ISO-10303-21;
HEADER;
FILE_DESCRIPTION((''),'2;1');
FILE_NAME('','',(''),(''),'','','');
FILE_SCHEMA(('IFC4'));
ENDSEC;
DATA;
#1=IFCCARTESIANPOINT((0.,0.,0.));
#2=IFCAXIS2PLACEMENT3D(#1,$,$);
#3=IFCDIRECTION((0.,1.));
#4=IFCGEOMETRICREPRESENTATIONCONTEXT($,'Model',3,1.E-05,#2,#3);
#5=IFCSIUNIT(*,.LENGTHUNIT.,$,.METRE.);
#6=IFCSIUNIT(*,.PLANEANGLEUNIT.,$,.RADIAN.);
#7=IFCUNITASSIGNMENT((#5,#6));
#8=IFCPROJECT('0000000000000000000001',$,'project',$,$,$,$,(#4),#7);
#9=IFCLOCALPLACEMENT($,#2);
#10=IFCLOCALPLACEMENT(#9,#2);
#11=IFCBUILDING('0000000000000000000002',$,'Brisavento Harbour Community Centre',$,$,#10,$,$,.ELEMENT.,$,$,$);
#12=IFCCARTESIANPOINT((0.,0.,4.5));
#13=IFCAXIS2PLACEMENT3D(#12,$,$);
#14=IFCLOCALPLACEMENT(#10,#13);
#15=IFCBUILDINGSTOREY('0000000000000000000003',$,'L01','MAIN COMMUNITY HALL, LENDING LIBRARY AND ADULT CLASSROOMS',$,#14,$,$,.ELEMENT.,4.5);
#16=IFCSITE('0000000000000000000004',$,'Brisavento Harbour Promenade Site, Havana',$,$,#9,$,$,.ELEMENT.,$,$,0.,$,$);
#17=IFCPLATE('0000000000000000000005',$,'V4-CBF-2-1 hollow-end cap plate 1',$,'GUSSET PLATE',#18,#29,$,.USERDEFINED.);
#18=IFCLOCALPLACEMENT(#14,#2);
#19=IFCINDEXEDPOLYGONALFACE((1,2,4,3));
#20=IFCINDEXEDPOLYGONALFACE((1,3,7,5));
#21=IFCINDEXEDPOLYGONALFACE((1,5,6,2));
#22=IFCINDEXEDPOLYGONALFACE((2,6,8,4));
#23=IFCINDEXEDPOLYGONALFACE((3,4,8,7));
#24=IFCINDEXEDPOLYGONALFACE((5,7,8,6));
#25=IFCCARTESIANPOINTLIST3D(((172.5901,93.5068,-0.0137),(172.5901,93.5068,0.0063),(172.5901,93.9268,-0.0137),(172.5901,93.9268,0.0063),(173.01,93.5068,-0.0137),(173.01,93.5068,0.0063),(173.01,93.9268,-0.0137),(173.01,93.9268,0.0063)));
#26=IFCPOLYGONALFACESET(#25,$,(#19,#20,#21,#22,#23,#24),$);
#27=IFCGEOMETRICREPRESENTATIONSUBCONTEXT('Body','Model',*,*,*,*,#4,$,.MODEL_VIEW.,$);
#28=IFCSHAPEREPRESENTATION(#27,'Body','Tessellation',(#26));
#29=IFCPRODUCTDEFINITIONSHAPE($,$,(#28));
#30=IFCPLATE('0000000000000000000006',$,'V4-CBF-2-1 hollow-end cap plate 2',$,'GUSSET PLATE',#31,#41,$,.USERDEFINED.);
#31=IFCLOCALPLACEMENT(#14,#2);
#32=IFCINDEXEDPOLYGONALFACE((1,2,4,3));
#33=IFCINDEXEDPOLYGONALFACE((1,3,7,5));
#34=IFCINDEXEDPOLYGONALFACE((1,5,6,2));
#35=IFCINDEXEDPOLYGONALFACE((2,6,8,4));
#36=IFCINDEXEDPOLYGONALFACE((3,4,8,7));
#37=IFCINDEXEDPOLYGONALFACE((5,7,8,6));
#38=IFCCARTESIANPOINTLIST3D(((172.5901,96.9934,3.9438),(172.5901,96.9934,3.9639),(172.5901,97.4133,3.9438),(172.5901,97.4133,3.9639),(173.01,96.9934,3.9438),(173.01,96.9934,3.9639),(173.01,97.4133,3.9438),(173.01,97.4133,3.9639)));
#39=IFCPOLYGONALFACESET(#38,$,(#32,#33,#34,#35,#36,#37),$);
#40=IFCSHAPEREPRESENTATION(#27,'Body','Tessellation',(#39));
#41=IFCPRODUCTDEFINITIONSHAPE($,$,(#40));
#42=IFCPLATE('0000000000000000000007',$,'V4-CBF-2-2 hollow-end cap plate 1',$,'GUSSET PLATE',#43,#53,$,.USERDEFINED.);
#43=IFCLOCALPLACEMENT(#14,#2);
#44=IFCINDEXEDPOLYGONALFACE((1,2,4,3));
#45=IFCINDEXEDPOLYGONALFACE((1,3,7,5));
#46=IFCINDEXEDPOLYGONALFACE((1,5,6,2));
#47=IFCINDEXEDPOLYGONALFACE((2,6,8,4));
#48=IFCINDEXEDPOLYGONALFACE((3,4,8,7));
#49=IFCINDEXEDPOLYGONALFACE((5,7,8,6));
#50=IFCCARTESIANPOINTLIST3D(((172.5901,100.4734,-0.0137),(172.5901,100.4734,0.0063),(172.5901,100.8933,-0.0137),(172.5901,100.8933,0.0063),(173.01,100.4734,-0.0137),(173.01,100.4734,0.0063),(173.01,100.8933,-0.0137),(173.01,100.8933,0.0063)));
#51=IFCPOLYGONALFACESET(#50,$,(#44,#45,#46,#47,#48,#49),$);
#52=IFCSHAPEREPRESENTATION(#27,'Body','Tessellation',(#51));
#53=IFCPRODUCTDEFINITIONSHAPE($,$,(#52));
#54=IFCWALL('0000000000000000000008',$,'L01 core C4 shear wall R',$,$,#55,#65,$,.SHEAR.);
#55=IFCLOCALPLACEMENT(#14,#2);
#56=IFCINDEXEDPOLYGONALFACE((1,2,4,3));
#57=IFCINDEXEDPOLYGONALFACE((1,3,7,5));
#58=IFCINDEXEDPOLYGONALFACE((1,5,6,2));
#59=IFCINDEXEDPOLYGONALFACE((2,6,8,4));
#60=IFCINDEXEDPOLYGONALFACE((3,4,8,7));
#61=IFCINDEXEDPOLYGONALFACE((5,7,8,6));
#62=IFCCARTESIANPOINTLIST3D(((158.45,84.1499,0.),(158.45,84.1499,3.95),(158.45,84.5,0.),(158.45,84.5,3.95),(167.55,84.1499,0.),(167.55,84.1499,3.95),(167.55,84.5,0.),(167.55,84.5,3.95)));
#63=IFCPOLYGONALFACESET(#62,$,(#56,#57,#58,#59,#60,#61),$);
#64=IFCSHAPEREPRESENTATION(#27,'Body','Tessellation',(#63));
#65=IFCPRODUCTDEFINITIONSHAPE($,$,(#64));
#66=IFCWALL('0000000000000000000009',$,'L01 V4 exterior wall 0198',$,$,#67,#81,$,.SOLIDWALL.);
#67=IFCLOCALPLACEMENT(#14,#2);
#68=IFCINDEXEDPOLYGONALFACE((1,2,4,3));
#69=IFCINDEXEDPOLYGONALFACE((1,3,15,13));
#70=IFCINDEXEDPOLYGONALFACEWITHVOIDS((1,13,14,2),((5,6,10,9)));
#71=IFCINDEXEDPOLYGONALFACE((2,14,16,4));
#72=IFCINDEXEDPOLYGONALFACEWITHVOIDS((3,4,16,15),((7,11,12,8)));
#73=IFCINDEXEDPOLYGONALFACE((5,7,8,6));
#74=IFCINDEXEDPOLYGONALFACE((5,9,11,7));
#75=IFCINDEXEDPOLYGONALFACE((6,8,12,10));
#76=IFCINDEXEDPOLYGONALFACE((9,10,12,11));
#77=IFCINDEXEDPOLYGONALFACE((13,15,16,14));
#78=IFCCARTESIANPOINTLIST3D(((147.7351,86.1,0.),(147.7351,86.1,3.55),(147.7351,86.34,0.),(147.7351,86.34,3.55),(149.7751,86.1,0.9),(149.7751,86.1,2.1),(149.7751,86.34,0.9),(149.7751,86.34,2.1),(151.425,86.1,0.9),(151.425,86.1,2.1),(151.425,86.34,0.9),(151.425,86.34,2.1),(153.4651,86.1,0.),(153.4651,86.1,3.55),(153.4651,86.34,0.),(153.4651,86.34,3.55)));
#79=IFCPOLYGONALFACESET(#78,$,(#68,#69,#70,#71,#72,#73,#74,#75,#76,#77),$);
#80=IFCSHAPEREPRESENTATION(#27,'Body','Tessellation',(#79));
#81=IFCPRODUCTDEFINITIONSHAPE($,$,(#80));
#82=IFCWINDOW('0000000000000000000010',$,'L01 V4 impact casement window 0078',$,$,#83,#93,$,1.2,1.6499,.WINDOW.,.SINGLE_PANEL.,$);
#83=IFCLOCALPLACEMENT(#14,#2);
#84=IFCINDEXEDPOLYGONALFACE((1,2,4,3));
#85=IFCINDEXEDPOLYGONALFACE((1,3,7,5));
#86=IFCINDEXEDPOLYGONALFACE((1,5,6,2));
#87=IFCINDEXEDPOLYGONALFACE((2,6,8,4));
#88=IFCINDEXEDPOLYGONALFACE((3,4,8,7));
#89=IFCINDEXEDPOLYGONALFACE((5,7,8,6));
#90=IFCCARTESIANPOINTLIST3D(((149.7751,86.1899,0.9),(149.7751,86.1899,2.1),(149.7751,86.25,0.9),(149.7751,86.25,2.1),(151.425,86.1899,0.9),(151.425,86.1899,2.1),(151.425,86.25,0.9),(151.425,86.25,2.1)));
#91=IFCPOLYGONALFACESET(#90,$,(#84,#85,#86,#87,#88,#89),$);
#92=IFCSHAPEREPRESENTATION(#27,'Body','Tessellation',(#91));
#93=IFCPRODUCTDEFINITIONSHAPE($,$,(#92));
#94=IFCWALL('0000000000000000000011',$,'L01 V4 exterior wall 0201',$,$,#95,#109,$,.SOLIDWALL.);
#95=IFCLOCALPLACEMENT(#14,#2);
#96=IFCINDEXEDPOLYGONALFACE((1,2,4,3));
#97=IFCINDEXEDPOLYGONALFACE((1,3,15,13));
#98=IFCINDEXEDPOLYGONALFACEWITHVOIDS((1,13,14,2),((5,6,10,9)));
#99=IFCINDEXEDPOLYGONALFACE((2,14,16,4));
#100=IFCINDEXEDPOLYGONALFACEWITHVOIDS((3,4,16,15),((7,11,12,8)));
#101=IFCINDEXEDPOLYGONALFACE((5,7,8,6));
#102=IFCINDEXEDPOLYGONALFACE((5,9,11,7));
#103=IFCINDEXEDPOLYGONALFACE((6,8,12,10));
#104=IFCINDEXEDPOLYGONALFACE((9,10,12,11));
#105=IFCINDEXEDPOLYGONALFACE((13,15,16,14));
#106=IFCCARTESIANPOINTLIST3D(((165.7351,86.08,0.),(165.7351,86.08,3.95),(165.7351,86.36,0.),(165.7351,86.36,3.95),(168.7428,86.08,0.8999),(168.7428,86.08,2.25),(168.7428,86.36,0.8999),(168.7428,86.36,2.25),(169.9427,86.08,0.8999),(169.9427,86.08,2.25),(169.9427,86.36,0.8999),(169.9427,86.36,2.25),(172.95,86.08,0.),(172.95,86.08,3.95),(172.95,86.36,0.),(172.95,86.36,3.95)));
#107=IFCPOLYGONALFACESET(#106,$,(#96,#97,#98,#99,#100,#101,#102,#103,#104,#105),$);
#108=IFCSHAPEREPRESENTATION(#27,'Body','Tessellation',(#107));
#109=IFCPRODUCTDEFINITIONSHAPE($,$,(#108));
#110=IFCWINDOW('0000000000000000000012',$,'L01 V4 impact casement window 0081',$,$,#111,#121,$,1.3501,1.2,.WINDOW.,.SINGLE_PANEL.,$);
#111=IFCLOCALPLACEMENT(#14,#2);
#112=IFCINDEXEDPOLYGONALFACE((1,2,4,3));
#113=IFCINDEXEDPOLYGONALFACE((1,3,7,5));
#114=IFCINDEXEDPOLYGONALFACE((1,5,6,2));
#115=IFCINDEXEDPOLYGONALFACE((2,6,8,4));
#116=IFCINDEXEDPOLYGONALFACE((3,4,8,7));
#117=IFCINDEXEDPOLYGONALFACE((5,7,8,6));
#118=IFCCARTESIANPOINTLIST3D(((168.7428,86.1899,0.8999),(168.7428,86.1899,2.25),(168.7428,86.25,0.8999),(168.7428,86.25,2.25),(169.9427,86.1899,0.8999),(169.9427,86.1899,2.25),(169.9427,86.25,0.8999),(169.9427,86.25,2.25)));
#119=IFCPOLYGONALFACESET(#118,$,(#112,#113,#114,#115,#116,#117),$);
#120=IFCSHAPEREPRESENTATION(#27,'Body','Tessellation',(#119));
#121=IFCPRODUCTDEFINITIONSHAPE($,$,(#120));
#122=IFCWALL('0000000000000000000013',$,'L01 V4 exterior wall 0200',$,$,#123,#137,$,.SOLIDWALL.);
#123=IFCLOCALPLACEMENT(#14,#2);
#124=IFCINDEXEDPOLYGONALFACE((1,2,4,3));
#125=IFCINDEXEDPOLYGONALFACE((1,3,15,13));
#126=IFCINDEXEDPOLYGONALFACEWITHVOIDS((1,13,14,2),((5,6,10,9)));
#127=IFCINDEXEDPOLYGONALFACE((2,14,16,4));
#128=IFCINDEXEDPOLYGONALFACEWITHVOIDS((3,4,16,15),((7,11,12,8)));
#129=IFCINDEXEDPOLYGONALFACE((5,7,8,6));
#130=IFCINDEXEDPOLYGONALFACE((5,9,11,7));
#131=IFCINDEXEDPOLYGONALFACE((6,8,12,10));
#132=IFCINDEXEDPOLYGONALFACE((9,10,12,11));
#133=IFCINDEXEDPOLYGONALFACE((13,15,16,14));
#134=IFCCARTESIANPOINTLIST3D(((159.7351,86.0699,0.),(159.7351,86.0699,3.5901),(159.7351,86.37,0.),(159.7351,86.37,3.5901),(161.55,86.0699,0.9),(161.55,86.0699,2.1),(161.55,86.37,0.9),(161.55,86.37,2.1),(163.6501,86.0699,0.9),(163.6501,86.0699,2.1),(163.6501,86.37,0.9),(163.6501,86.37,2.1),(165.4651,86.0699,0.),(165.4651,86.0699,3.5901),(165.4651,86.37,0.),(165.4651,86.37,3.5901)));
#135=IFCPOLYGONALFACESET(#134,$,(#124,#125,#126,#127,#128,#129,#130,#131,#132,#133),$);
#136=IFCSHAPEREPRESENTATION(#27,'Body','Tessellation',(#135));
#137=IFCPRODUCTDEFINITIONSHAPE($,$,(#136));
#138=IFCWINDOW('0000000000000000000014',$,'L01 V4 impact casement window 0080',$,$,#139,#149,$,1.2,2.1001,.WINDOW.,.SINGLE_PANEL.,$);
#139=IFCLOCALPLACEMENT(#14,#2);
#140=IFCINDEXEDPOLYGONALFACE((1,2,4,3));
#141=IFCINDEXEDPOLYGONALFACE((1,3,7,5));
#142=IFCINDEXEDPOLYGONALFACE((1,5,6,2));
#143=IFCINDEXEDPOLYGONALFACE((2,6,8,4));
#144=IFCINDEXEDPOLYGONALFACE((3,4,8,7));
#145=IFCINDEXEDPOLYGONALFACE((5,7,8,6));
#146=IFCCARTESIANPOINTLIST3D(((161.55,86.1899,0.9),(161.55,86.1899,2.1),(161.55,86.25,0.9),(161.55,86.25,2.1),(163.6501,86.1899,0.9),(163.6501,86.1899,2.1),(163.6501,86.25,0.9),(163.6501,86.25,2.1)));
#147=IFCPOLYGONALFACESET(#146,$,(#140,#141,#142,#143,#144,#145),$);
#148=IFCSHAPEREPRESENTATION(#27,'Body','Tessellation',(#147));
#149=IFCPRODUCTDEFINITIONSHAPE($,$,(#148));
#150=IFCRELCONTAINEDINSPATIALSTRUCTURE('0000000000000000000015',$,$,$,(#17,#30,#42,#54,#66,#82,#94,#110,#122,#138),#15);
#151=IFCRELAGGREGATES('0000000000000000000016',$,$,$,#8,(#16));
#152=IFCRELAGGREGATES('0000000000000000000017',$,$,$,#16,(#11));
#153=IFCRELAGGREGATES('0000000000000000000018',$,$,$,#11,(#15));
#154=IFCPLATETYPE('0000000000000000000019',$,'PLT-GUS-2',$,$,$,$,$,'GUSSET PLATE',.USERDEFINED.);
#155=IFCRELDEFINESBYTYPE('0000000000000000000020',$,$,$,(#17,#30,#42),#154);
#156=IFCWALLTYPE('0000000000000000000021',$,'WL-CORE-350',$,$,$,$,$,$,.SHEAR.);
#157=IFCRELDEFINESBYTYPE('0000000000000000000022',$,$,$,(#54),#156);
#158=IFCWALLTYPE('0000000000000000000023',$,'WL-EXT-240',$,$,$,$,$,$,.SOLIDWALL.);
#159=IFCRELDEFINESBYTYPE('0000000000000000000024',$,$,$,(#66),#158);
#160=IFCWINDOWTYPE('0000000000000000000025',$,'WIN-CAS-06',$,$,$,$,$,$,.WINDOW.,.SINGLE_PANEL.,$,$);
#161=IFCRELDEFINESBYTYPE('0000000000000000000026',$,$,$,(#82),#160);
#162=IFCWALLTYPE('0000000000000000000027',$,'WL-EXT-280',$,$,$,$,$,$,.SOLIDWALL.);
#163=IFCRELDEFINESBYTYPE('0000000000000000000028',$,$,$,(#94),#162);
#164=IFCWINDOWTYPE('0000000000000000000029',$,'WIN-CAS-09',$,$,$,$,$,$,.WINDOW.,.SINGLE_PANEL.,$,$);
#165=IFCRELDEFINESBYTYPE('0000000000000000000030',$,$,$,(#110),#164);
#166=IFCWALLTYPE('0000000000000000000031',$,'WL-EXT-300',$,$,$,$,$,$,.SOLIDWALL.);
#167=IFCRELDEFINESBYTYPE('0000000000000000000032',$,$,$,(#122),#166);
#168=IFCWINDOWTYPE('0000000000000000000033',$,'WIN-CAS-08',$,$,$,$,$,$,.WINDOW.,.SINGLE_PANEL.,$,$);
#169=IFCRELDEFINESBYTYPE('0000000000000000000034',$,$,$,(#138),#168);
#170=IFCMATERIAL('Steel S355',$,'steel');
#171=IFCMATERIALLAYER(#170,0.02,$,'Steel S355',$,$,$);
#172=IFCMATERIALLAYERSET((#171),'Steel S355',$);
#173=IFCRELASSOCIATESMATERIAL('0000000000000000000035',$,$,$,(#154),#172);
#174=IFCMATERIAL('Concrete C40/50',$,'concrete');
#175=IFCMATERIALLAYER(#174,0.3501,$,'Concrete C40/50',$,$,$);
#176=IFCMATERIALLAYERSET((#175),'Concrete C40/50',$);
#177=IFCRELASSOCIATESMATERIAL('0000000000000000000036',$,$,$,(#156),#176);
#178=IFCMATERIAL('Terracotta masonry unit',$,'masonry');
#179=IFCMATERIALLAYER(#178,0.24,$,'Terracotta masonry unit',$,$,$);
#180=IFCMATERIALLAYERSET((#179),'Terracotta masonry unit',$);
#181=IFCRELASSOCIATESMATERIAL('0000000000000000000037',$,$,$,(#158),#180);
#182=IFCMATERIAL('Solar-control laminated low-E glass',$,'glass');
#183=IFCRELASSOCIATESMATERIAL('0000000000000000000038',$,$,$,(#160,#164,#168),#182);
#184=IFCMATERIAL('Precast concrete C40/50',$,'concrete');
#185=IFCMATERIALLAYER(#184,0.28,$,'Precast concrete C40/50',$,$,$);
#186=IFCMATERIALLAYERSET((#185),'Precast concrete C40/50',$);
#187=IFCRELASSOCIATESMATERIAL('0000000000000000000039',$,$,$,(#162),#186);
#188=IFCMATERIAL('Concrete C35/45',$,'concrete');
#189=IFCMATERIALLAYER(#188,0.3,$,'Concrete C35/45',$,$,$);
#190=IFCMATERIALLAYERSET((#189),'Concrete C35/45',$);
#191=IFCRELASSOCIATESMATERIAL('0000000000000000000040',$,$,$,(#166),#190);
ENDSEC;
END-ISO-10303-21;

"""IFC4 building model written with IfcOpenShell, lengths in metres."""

from ifc_helpers import new_model, si_unit, direction, frame, frame_2d, origin, origin_2d, place, context, subcontext, project, spatial, rectangle, extrude, material, layer, layer_set, type_object, element, fill, save


model = new_model("IFC4")

# Units and contexts
model_context = context("Model", 3, precision=1e-05, world=origin(), true_north=direction((0.0, 1.0)))
body_context = subcontext(model_context, "Body", "Model", "MODEL_VIEW")
ifc_project = project(units=[si_unit("LENGTHUNIT", "METRE"), si_unit("PLANEANGLEUNIT", "RADIAN")], contexts=[model_context])

# Site, building, storey
site_placement = place(None, origin())
site = spatial("IfcSite", under=ifc_project, at=site_placement, Name="Brisavento Harbour Promenade Site, Havana", CompositionType="ELEMENT", RefElevation=0.0)
building_placement = place(site_placement, origin())
building = spatial("IfcBuilding", under=site, at=building_placement, Name="Brisavento Harbour Community Centre", CompositionType="ELEMENT")
storey_placement = place(building_placement, frame((0.0, 0.0, 4.5)))
storey = spatial("IfcBuildingStorey", under=building, at=storey_placement, Name="L01", Description="MAIN COMMUNITY HALL, LENDING LIBRARY AND ADULT CLASSROOMS", CompositionType="ELEMENT", Elevation=4.5)

# Shared definitions
ifc_material_1 = material(Name="Steel S355", Category="steel")

# Plates
ifc_layer_1 = layer(ifc_material_1, 0.02, Name="Steel S355")
ifc_layer_set_1 = layer_set([ifc_layer_1], Name="Steel S355")
plate_type = type_object("IfcPlateType", Name="PLT-GUS-2", ElementType="GUSSET PLATE", PredefinedType="USERDEFINED", material=ifc_layer_set_1)
for number, where, z_axis, x_axis, name in (
    (1, (172.8, 93.7168, -0.0137), (0.0, 0.0, 1.0), (0.0, 1.0, 0.0), "V4-CBF-2-1 hollow-end cap plate 1"),
    (2, (172.8, 97.2034, 3.9438), (0.0, 0.0, 1.0), (0.0, 1.0, 0.0), "V4-CBF-2-1 hollow-end cap plate 2"),
    (3, (172.8, 100.6833, -0.0137), (0.0, 0.0, 1.0), (0.0, -1.0, 0.0), "V4-CBF-2-2 hollow-end cap plate 1"),
):
    element("IfcPlate", number, at=place(storey_placement, frame(where, z_axis=z_axis, x_axis=x_axis)), inside=storey, type_object=plate_type, Name=name, ObjectType="GUSSET PLATE", PredefinedType="USERDEFINED", context=body_context, shape_type="SweptSolid", body=[
        extrude(rectangle(XDim=0.4199, YDim=0.4199, at=origin_2d()), origin(), (0.0, 0.0, 1.0), 0.02),
    ])

# Wall
ifc_material_2 = material(Name="Concrete C40/50", Category="concrete")
ifc_layer_2 = layer(ifc_material_2, 0.3501, Name="Concrete C40/50")
ifc_layer_set_2 = layer_set([ifc_layer_2], Name="Concrete C40/50")
wall_type_1 = type_object("IfcWallType", Name="WL-CORE-350", PredefinedType="SHEAR", material=ifc_layer_set_2)
wall_1_placement = place(storey_placement, frame((167.55, 84.325, 0.0), z_axis=(0.0, 0.0, 1.0), x_axis=(-1.0, 0.0, 0.0)))
element("IfcWall", 4, at=wall_1_placement, inside=storey, type_object=wall_type_1, Name="L01 core C4 shear wall R", PredefinedType="SHEAR", context=body_context, shape_type="SweptSolid", body=[
    extrude(rectangle(XDim=9.1001, YDim=0.3501, at=frame_2d((4.55, 0.0))), origin(), (0.0, 0.0, 1.0), 3.95),
])

# Walls, openings, windows
ifc_material_3 = material(Name="Terracotta masonry unit", Category="masonry")
ifc_layer_3 = layer(ifc_material_3, 0.24, Name="Terracotta masonry unit")
ifc_layer_set_3 = layer_set([ifc_layer_3], Name="Terracotta masonry unit")
wall_type_2 = type_object("IfcWallType", Name="WL-EXT-240", PredefinedType="SOLIDWALL", material=ifc_layer_set_3)
wall_2_placement = place(storey_placement, frame((147.7351, 86.22, 0.0), z_axis=(0.0, 0.0, 1.0), x_axis=(1.0, 0.0, 0.0)))
wall_2 = element("IfcWall", 5, at=wall_2_placement, inside=storey, type_object=wall_type_2, Name="L01 V4 exterior wall 0198", PredefinedType="SOLIDWALL", context=body_context, shape_type="SweptSolid", body=[
    extrude(rectangle(XDim=5.73, YDim=0.24, at=frame_2d((2.865, 0.0))), origin(), (0.0, 0.0, 1.0), 3.55),
])
opening_1_placement = place(wall_2_placement, frame((2.04, 0.0, 0.8999)))
opening_1 = element("IfcOpeningElement", 6, at=opening_1_placement, cuts=wall_2, PredefinedType="OPENING", context=body_context, shape_type="SweptSolid", body=[
    extrude(rectangle(XDim=1.6499, YDim=1.2, at=frame_2d((0.825, 0.6001))), frame((0.0, 0.1299, 0.0), z_axis=(0.0, -1.0, 0.0), x_axis=(1.0, 0.0, 0.0)), (0.0, 0.0, 1.0), 0.26),
])
ifc_material_4 = material(Name="Solar-control laminated low-E glass", Category="glass")
window_type_1 = type_object("IfcWindowType", Name="WIN-CAS-06", PartitioningType="SINGLE_PANEL", PredefinedType="WINDOW", material=ifc_material_4)
window_1_placement = place(opening_1_placement, origin())
window_1 = element("IfcWindow", 7, at=window_1_placement, inside=storey, type_object=window_type_1, Name="L01 V4 impact casement window 0078", OverallHeight=1.2, OverallWidth=1.6499, PartitioningType="SINGLE_PANEL", PredefinedType="WINDOW", context=body_context, shape_type="SweptSolid", body=[
    extrude(rectangle(XDim=1.6499, YDim=1.2, at=frame_2d((0.825, 0.6001))), frame((0.0, 0.03, 0.0), z_axis=(0.0, -1.0, 0.0), x_axis=(1.0, 0.0, 0.0)), (0.0, 0.0, 1.0), 0.0601),
])
fill(opening_1, window_1)
ifc_material_5 = material(Name="Precast concrete C40/50", Category="concrete")
ifc_layer_4 = layer(ifc_material_5, 0.28, Name="Precast concrete C40/50")
ifc_layer_set_4 = layer_set([ifc_layer_4], Name="Precast concrete C40/50")
wall_type_3 = type_object("IfcWallType", Name="WL-EXT-280", PredefinedType="SOLIDWALL", material=ifc_layer_set_4)
wall_3_placement = place(storey_placement, frame((165.7351, 86.22, 0.0), z_axis=(0.0, 0.0, 1.0), x_axis=(1.0, 0.0, 0.0)))
wall_3 = element("IfcWall", 8, at=wall_3_placement, inside=storey, type_object=wall_type_3, Name="L01 V4 exterior wall 0201", PredefinedType="SOLIDWALL", context=body_context, shape_type="SweptSolid", body=[
    extrude(rectangle(XDim=7.2148, YDim=0.28, at=frame_2d((3.6074, 0.0))), origin(), (0.0, 0.0, 1.0), 3.95),
])
opening_2_placement = place(wall_3_placement, frame((3.0076, 0.0, 0.8999)))
opening_2 = element("IfcOpeningElement", 9, at=opening_2_placement, cuts=wall_3, PredefinedType="OPENING", context=body_context, shape_type="SweptSolid", body=[
    extrude(rectangle(XDim=1.2, YDim=1.3501, at=frame_2d((0.6001, 0.675))), frame((0.0, 0.1499, 0.0), z_axis=(0.0, -1.0, 0.0), x_axis=(1.0, 0.0, 0.0)), (0.0, 0.0, 1.0), 0.3),
])
window_type_2 = type_object("IfcWindowType", Name="WIN-CAS-09", PartitioningType="SINGLE_PANEL", PredefinedType="WINDOW", material=ifc_material_4)
window_2_placement = place(opening_2_placement, origin())
window_2 = element("IfcWindow", 10, at=window_2_placement, inside=storey, type_object=window_type_2, Name="L01 V4 impact casement window 0081", OverallHeight=1.3501, OverallWidth=1.2, PartitioningType="SINGLE_PANEL", PredefinedType="WINDOW", context=body_context, shape_type="SweptSolid", body=[
    extrude(rectangle(XDim=1.2, YDim=1.3501, at=frame_2d((0.6001, 0.675))), frame((0.0, 0.03, 0.0), z_axis=(0.0, -1.0, 0.0), x_axis=(1.0, 0.0, 0.0)), (0.0, 0.0, 1.0), 0.0601),
])
fill(opening_2, window_2)
ifc_material_6 = material(Name="Concrete C35/45", Category="concrete")
ifc_layer_5 = layer(ifc_material_6, 0.3, Name="Concrete C35/45")
ifc_layer_set_5 = layer_set([ifc_layer_5], Name="Concrete C35/45")
wall_type_4 = type_object("IfcWallType", Name="WL-EXT-300", PredefinedType="SOLIDWALL", material=ifc_layer_set_5)
wall_4_placement = place(storey_placement, frame((159.7351, 86.22, 0.0), z_axis=(0.0, 0.0, 1.0), x_axis=(1.0, 0.0, 0.0)))
wall_4 = element("IfcWall", 11, at=wall_4_placement, inside=storey, type_object=wall_type_4, Name="L01 V4 exterior wall 0200", PredefinedType="SOLIDWALL", context=body_context, shape_type="SweptSolid", body=[
    extrude(rectangle(XDim=5.73, YDim=0.3, at=frame_2d((2.865, 0.0))), origin(), (0.0, 0.0, 1.0), 3.5901),
])
opening_3_placement = place(wall_4_placement, frame((1.8149, 0.0, 0.8999)))
opening_3 = element("IfcOpeningElement", 12, at=opening_3_placement, cuts=wall_4, PredefinedType="OPENING", context=body_context, shape_type="SweptSolid", body=[
    extrude(rectangle(XDim=2.1001, YDim=1.2, at=frame_2d((1.05, 0.6001))), frame((0.0, 0.1602, 0.0), z_axis=(0.0, -1.0, 0.0), x_axis=(1.0, 0.0, 0.0)), (0.0, 0.0, 1.0), 0.3201),
])
window_type_3 = type_object("IfcWindowType", Name="WIN-CAS-08", PartitioningType="SINGLE_PANEL", PredefinedType="WINDOW", material=ifc_material_4)
window_3_placement = place(opening_3_placement, origin())
window_3 = element("IfcWindow", 13, at=window_3_placement, inside=storey, type_object=window_type_3, Name="L01 V4 impact casement window 0080", OverallHeight=1.2, OverallWidth=2.1001, PartitioningType="SINGLE_PANEL", PredefinedType="WINDOW", context=body_context, shape_type="SweptSolid", body=[
    extrude(rectangle(XDim=2.1001, YDim=1.2, at=frame_2d((1.05, 0.6001))), frame((0.0, 0.03, 0.0), z_axis=(0.0, -1.0, 0.0), x_axis=(1.0, 0.0, 0.0)), (0.0, 0.0, 1.0), 0.0601),
])
fill(opening_3, window_3)

save(model, "model.ifc")
